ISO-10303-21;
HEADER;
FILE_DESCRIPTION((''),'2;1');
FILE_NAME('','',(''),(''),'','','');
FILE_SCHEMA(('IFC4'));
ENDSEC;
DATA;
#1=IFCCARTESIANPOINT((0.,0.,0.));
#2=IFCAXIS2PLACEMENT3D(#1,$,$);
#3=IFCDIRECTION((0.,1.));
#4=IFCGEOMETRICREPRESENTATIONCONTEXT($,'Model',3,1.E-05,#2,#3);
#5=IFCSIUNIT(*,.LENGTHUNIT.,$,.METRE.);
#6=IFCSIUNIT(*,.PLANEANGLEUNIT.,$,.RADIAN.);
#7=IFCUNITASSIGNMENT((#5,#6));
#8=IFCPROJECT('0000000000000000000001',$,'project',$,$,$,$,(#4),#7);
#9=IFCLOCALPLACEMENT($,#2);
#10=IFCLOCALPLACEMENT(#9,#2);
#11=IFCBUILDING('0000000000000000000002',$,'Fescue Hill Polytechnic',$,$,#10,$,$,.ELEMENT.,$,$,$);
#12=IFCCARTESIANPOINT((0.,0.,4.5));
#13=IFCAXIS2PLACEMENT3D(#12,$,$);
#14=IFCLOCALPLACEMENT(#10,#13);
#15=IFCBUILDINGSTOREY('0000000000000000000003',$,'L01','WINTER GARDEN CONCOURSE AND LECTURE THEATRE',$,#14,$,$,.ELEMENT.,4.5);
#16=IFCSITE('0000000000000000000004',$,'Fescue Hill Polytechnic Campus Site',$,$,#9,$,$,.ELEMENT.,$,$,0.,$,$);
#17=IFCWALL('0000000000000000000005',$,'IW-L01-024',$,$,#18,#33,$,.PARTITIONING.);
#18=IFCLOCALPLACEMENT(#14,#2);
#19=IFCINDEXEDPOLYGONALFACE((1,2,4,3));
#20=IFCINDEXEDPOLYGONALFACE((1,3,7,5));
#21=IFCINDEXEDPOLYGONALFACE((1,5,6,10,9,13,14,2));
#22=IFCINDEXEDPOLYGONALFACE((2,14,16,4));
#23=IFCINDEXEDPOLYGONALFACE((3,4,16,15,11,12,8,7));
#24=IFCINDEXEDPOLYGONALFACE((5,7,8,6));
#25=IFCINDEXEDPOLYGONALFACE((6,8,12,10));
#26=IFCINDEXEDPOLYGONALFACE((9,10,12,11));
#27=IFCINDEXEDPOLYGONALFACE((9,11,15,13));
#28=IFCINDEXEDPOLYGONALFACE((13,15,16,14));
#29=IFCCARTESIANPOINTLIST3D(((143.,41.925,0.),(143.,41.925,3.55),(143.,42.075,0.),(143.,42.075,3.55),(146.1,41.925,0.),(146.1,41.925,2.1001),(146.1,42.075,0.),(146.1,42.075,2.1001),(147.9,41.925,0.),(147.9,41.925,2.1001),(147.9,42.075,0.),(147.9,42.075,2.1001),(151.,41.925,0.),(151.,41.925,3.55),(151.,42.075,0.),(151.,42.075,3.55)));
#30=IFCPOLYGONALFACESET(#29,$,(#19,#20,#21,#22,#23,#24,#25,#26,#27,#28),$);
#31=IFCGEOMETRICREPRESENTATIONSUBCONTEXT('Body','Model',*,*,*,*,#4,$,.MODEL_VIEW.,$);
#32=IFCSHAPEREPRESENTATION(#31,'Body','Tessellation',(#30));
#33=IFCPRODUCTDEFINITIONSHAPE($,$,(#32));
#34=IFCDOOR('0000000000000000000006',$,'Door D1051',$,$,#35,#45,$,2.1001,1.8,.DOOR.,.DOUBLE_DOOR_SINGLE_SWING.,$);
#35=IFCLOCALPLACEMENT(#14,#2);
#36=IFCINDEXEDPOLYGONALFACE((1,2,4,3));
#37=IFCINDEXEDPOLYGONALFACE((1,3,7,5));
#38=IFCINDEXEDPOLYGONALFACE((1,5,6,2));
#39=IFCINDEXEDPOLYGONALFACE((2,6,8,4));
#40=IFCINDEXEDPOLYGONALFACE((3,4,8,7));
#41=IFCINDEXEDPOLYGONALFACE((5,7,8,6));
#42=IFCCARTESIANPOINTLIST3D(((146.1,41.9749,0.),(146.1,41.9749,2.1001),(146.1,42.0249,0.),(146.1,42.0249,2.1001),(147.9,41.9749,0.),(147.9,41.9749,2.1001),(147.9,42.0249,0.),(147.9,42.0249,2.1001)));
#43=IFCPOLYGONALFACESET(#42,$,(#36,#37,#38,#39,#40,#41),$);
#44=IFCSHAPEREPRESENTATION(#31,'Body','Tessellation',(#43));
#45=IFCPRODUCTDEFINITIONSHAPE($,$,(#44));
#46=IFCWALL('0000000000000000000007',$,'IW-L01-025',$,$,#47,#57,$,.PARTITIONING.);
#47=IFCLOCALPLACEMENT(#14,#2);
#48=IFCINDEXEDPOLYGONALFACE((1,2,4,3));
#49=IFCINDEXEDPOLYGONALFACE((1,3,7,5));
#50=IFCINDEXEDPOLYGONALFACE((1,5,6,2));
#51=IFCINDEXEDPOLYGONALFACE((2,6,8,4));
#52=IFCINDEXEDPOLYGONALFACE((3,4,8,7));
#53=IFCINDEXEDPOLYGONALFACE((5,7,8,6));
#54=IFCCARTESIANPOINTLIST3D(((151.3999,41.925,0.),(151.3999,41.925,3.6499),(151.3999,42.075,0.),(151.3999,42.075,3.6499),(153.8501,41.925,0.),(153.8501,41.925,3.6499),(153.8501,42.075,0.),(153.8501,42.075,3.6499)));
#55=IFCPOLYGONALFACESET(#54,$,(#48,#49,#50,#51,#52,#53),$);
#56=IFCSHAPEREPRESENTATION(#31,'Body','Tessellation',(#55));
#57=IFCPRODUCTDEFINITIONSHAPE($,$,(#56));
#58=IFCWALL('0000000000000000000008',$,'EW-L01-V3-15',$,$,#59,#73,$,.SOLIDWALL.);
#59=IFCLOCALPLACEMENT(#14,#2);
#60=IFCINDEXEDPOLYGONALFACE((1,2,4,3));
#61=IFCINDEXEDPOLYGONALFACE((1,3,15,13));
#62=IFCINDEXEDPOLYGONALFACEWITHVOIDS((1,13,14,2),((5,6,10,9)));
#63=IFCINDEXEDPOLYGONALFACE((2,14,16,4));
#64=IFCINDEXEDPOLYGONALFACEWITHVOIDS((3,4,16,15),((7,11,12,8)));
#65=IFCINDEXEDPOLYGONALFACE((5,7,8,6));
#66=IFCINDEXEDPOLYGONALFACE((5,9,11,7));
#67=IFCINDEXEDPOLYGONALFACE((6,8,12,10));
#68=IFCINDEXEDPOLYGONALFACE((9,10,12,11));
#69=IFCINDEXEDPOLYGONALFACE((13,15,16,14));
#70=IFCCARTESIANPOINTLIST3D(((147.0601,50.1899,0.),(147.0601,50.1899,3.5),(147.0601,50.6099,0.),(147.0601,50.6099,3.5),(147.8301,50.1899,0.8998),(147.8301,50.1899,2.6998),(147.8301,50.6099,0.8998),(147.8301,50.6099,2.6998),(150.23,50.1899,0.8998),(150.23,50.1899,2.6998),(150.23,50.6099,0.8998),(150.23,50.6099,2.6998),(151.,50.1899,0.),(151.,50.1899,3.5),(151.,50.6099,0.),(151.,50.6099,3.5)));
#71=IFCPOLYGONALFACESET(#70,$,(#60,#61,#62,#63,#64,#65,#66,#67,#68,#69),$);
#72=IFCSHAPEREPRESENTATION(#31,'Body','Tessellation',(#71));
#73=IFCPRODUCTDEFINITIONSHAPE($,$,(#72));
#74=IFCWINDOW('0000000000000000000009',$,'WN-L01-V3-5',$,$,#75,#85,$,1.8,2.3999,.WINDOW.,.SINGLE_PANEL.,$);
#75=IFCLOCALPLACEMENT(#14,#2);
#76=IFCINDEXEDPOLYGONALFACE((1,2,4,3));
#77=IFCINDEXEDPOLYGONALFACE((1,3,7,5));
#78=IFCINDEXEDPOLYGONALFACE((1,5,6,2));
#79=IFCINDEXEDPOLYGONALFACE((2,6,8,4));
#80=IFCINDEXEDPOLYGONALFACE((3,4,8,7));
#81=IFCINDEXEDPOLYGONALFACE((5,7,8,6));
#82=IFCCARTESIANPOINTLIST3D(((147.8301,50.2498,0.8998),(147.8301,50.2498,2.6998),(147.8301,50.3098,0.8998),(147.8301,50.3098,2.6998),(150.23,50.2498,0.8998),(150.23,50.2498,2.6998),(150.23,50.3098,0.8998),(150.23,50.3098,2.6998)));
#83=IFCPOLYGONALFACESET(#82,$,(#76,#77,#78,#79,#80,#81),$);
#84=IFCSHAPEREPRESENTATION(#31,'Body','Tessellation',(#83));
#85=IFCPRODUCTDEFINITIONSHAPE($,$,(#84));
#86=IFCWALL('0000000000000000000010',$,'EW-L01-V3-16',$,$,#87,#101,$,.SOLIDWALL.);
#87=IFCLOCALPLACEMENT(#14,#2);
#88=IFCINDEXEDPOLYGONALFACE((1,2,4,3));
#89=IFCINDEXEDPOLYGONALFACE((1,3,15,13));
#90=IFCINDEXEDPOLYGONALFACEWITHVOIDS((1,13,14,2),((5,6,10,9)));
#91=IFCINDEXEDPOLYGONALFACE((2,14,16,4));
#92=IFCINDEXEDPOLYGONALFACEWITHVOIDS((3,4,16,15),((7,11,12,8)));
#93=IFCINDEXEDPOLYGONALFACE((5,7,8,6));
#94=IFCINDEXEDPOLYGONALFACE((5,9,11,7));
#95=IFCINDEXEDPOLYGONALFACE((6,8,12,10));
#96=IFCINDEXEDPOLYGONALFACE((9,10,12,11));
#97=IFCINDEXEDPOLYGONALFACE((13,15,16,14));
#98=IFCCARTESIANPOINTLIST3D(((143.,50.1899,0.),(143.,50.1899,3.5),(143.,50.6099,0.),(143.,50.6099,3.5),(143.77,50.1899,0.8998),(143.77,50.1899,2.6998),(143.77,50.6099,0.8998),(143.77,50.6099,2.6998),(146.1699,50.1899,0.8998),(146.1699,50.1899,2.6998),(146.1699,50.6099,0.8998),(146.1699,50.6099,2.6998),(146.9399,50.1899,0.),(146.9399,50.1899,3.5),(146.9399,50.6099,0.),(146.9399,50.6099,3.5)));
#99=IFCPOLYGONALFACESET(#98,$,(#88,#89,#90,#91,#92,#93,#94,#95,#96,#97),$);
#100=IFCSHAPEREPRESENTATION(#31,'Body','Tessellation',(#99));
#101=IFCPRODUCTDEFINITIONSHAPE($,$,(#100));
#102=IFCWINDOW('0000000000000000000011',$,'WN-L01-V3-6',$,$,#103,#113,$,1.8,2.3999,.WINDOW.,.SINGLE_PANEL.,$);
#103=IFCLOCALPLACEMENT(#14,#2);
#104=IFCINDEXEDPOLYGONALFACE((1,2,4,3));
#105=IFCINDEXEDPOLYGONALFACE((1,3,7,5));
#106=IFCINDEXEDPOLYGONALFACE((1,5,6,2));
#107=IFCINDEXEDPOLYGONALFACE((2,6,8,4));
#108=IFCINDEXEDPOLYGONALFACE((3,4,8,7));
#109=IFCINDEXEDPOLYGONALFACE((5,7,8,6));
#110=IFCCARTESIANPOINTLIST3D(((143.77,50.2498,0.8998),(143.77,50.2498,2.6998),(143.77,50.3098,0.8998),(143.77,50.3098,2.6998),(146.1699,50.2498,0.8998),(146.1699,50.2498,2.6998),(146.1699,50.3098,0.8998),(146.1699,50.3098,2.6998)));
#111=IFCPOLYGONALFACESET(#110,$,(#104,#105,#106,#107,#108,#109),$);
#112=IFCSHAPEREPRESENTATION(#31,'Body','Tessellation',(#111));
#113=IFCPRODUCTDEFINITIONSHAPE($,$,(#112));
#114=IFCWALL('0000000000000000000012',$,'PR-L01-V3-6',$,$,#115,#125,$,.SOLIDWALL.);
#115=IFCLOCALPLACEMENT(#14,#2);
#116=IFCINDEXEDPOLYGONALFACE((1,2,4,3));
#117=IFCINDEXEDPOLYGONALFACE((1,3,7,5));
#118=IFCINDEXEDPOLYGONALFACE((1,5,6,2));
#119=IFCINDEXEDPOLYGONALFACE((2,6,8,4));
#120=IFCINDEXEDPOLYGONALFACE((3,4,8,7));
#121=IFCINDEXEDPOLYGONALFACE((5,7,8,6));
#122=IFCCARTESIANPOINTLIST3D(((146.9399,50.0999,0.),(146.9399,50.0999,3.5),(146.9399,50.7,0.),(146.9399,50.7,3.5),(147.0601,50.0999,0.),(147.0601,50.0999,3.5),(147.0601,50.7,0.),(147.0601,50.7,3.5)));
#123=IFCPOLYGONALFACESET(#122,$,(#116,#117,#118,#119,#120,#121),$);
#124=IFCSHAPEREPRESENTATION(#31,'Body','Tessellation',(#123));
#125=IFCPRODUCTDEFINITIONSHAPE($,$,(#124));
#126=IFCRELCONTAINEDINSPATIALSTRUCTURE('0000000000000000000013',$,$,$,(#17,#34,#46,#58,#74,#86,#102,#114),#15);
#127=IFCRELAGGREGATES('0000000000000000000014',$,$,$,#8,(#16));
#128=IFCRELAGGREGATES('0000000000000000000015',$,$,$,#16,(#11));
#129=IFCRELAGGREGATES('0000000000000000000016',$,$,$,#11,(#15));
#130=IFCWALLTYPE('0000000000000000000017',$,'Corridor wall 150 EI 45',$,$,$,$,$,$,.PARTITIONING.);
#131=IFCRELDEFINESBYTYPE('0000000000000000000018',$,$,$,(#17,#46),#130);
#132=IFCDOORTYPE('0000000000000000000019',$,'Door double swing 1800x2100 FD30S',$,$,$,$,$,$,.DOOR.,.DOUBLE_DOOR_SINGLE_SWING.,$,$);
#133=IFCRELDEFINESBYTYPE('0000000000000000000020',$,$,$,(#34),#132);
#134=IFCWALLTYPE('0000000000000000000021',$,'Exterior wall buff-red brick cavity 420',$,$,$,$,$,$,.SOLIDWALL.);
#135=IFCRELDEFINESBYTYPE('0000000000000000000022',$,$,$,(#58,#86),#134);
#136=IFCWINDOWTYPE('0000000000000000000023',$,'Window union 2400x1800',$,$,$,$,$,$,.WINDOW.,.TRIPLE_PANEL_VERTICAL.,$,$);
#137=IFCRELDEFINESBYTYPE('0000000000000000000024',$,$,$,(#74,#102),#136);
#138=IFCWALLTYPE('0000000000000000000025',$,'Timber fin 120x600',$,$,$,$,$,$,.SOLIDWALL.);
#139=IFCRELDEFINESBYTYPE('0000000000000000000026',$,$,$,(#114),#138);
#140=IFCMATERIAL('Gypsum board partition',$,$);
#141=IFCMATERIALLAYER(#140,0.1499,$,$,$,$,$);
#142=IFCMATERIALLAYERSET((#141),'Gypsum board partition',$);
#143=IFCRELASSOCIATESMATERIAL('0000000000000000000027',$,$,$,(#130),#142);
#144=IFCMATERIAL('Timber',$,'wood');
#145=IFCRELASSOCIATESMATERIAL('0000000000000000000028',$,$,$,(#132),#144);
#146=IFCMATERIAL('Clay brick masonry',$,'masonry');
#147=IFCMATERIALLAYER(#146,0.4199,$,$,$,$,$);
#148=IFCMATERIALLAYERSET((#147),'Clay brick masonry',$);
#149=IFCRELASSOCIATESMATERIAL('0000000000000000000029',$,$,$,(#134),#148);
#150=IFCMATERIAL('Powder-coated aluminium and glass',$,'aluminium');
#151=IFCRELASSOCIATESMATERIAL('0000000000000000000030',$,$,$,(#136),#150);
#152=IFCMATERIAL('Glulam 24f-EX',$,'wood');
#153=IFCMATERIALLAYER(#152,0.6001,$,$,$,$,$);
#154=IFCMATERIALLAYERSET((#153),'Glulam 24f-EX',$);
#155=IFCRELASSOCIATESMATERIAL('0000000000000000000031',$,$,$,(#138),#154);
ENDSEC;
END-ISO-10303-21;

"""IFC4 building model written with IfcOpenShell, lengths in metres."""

from ifc_helpers import new_model, si_unit, direction, frame, frame_2d, origin, place, context, subcontext, project, spatial, rectangle, extrude, material, layer, layer_set, type_object, element, fill, save


model = new_model("IFC4")

# Units and contexts
model_context = context("Model", 3, precision=1e-05, world=origin(), true_north=direction((0.0, 1.0)))
body_context = subcontext(model_context, "Body", "Model", "MODEL_VIEW")
ifc_project = project(units=[si_unit("LENGTHUNIT", "METRE"), si_unit("PLANEANGLEUNIT", "RADIAN")], contexts=[model_context])

# Site, building, storey
site_placement = place(None, origin())
site = spatial("IfcSite", under=ifc_project, at=site_placement, Name="Fescue Hill Polytechnic Campus Site", CompositionType="ELEMENT", RefElevation=0.0)
building_placement = place(site_placement, origin())
building = spatial("IfcBuilding", under=site, at=building_placement, Name="Fescue Hill Polytechnic", CompositionType="ELEMENT")
storey_placement = place(building_placement, frame((0.0, 0.0, 4.5)))
storey = spatial("IfcBuildingStorey", under=building, at=storey_placement, Name="L01", Description="WINTER GARDEN CONCOURSE AND LECTURE THEATRE", CompositionType="ELEMENT", Elevation=4.5)

# Wall, opening, door
ifc_material_1 = material(Name="Gypsum board partition")
ifc_layer_1 = layer(ifc_material_1, 0.1499)
ifc_layer_set_1 = layer_set([ifc_layer_1], Name="Gypsum board partition")
wall_type_1 = type_object("IfcWallType", Name="Corridor wall 150 EI 45", PredefinedType="PARTITIONING", material=ifc_layer_set_1)
wall_1_placement = place(storey_placement, frame((143.0, 42.0, 0.0), z_axis=(0.0, 0.0, 1.0), x_axis=(1.0, 0.0, 0.0)))
wall_1 = element("IfcWall", 1, at=wall_1_placement, inside=storey, type_object=wall_type_1, Name="IW-L01-024", PredefinedType="PARTITIONING", context=body_context, shape_type="SweptSolid", body=[
    extrude(rectangle(XDim=8.0, YDim=0.1499, at=frame_2d((4.0, 0.0))), origin(), (0.0, 0.0, 1.0), 3.55),
])
opening_1_placement = place(wall_1_placement, frame((3.1001, 0.0, 0.0)))
opening_1 = element("IfcOpeningElement", 2, at=opening_1_placement, cuts=wall_1, PredefinedType="OPENING", context=body_context, shape_type="SweptSolid", body=[
    extrude(rectangle(XDim=1.8, YDim=2.1001, at=frame_2d((0.8999, 1.05))), frame((0.0, 0.085, 0.0), z_axis=(0.0, -1.0, 0.0), x_axis=(1.0, 0.0, 0.0)), (0.0, 0.0, 1.0), 0.1699),
])
ifc_material_2 = material(Name="Timber", Category="wood")
door_type_1 = type_object("IfcDoorType", Name="Door double swing 1800x2100 FD30S", OperationType="DOUBLE_DOOR_SINGLE_SWING", PredefinedType="DOOR", material=ifc_material_2)
door_1_placement = place(opening_1_placement, origin())
door_1 = element("IfcDoor", 3, at=door_1_placement, inside=storey, type_object=door_type_1, Name="Door D1051", OperationType="DOUBLE_DOOR_SINGLE_SWING", OverallHeight=2.1001, OverallWidth=1.8, PredefinedType="DOOR", context=body_context, shape_type="SweptSolid", body=[
    extrude(rectangle(XDim=1.8, YDim=2.1001, at=frame_2d((0.8999, 1.05))), frame((0.0, 0.0249, 0.0), z_axis=(0.0, -1.0, 0.0), x_axis=(1.0, 0.0, 0.0)), (0.0, 0.0, 1.0), 0.05),
])
fill(opening_1, door_1)

# Wall
wall_2_placement = place(storey_placement, frame((151.3999, 42.0, 0.0), z_axis=(0.0, 0.0, 1.0), x_axis=(1.0, 0.0, 0.0)))
element("IfcWall", 4, at=wall_2_placement, inside=storey, type_object=wall_type_1, Name="IW-L01-025", PredefinedType="PARTITIONING", context=body_context, shape_type="SweptSolid", body=[
    extrude(rectangle(XDim=2.4502, YDim=0.1499, at=frame_2d((1.2251, 0.0))), origin(), (0.0, 0.0, 1.0), 3.6499),
])

# Walls, openings, windows
ifc_material_3 = material(Name="Clay brick masonry", Category="masonry")
ifc_layer_2 = layer(ifc_material_3, 0.4199)
ifc_layer_set_2 = layer_set([ifc_layer_2], Name="Clay brick masonry")
wall_type_2 = type_object("IfcWallType", Name="Exterior wall buff-red brick cavity 420", PredefinedType="SOLIDWALL", material=ifc_layer_set_2)
wall_3_placement = place(storey_placement, frame((151.0, 50.3999, 0.0), z_axis=(0.0, 0.0, 1.0), x_axis=(-1.0, 0.0, 0.0)))
wall_3 = element("IfcWall", 5, at=wall_3_placement, inside=storey, type_object=wall_type_2, Name="EW-L01-V3-15", PredefinedType="SOLIDWALL", context=body_context, shape_type="SweptSolid", body=[
    extrude(rectangle(XDim=3.9399, YDim=0.4199, at=frame_2d((1.97, 0.0))), origin(), (0.0, 0.0, 1.0), 3.5),
])
opening_2_placement = place(wall_3_placement, frame((0.77, 0.0, 0.8999)))
opening_2 = element("IfcOpeningElement", 6, at=opening_2_placement, cuts=wall_3, PredefinedType="OPENING", context=body_context, shape_type="SweptSolid", body=[
    extrude(rectangle(XDim=2.3999, YDim=1.8, at=frame_2d((1.2, 0.8999))), frame((0.0, 0.22, 0.0), z_axis=(0.0, -1.0, 0.0), x_axis=(1.0, 0.0, 0.0)), (0.0, 0.0, 1.0), 0.4399),
])
ifc_material_4 = material(Name="Powder-coated aluminium and glass", Category="aluminium")
window_type = type_object("IfcWindowType", Name="Window union 2400x1800", PartitioningType="TRIPLE_PANEL_VERTICAL", PredefinedType="WINDOW", material=ifc_material_4)
window_1_placement = place(opening_2_placement, origin())
window_1 = element("IfcWindow", 7, at=window_1_placement, inside=storey, type_object=window_type, Name="WN-L01-V3-5", OverallHeight=1.8, OverallWidth=2.3999, PartitioningType="SINGLE_PANEL", PredefinedType="WINDOW", context=body_context, shape_type="SweptSolid", body=[
    extrude(rectangle(XDim=2.3999, YDim=1.8, at=frame_2d((1.2, 0.8999))), frame((0.0, 0.1501, 0.0), z_axis=(0.0, -1.0, 0.0), x_axis=(1.0, 0.0, 0.0)), (0.0, 0.0, 1.0), 0.0601),
])
fill(opening_2, window_1)
wall_4_placement = place(storey_placement, frame((146.9399, 50.3999, 0.0), z_axis=(0.0, 0.0, 1.0), x_axis=(-1.0, 0.0, 0.0)))
wall_4 = element("IfcWall", 8, at=wall_4_placement, inside=storey, type_object=wall_type_2, Name="EW-L01-V3-16", PredefinedType="SOLIDWALL", context=body_context, shape_type="SweptSolid", body=[
    extrude(rectangle(XDim=3.9399, YDim=0.4199, at=frame_2d((1.97, 0.0))), origin(), (0.0, 0.0, 1.0), 3.5),
])
opening_3_placement = place(wall_4_placement, frame((0.77, 0.0, 0.8999)))
opening_3 = element("IfcOpeningElement", 9, at=opening_3_placement, cuts=wall_4, PredefinedType="OPENING", context=body_context, shape_type="SweptSolid", body=[
    extrude(rectangle(XDim=2.3999, YDim=1.8, at=frame_2d((1.2, 0.8999))), frame((0.0, 0.22, 0.0), z_axis=(0.0, -1.0, 0.0), x_axis=(1.0, 0.0, 0.0)), (0.0, 0.0, 1.0), 0.4399),
])
window_2_placement = place(opening_3_placement, origin())
window_2 = element("IfcWindow", 10, at=window_2_placement, inside=storey, type_object=window_type, Name="WN-L01-V3-6", OverallHeight=1.8, OverallWidth=2.3999, PartitioningType="SINGLE_PANEL", PredefinedType="WINDOW", context=body_context, shape_type="SweptSolid", body=[
    extrude(rectangle(XDim=2.3999, YDim=1.8, at=frame_2d((1.2, 0.8999))), frame((0.0, 0.1501, 0.0), z_axis=(0.0, -1.0, 0.0), x_axis=(1.0, 0.0, 0.0)), (0.0, 0.0, 1.0), 0.0601),
])
fill(opening_3, window_2)

# Wall
ifc_material_5 = material(Name="Glulam 24f-EX", Category="wood")
ifc_layer_3 = layer(ifc_material_5, 0.6001)
ifc_layer_set_3 = layer_set([ifc_layer_3], Name="Glulam 24f-EX")
wall_type_3 = type_object("IfcWallType", Name="Timber fin 120x600", PredefinedType="SOLIDWALL", material=ifc_layer_set_3)
wall_5_placement = place(storey_placement, frame((147.0601, 50.3999, 0.0), z_axis=(0.0, 0.0, 1.0), x_axis=(-1.0, 0.0, 0.0)))
element("IfcWall", 11, at=wall_5_placement, inside=storey, type_object=wall_type_3, Name="PR-L01-V3-6", PredefinedType="SOLIDWALL", context=body_context, shape_type="SweptSolid", body=[
    extrude(rectangle(XDim=0.1201, YDim=0.6001, at=frame_2d((0.0601, 0.0))), origin(), (0.0, 0.0, 1.0), 3.5),
])

save(model, "model.ifc")
